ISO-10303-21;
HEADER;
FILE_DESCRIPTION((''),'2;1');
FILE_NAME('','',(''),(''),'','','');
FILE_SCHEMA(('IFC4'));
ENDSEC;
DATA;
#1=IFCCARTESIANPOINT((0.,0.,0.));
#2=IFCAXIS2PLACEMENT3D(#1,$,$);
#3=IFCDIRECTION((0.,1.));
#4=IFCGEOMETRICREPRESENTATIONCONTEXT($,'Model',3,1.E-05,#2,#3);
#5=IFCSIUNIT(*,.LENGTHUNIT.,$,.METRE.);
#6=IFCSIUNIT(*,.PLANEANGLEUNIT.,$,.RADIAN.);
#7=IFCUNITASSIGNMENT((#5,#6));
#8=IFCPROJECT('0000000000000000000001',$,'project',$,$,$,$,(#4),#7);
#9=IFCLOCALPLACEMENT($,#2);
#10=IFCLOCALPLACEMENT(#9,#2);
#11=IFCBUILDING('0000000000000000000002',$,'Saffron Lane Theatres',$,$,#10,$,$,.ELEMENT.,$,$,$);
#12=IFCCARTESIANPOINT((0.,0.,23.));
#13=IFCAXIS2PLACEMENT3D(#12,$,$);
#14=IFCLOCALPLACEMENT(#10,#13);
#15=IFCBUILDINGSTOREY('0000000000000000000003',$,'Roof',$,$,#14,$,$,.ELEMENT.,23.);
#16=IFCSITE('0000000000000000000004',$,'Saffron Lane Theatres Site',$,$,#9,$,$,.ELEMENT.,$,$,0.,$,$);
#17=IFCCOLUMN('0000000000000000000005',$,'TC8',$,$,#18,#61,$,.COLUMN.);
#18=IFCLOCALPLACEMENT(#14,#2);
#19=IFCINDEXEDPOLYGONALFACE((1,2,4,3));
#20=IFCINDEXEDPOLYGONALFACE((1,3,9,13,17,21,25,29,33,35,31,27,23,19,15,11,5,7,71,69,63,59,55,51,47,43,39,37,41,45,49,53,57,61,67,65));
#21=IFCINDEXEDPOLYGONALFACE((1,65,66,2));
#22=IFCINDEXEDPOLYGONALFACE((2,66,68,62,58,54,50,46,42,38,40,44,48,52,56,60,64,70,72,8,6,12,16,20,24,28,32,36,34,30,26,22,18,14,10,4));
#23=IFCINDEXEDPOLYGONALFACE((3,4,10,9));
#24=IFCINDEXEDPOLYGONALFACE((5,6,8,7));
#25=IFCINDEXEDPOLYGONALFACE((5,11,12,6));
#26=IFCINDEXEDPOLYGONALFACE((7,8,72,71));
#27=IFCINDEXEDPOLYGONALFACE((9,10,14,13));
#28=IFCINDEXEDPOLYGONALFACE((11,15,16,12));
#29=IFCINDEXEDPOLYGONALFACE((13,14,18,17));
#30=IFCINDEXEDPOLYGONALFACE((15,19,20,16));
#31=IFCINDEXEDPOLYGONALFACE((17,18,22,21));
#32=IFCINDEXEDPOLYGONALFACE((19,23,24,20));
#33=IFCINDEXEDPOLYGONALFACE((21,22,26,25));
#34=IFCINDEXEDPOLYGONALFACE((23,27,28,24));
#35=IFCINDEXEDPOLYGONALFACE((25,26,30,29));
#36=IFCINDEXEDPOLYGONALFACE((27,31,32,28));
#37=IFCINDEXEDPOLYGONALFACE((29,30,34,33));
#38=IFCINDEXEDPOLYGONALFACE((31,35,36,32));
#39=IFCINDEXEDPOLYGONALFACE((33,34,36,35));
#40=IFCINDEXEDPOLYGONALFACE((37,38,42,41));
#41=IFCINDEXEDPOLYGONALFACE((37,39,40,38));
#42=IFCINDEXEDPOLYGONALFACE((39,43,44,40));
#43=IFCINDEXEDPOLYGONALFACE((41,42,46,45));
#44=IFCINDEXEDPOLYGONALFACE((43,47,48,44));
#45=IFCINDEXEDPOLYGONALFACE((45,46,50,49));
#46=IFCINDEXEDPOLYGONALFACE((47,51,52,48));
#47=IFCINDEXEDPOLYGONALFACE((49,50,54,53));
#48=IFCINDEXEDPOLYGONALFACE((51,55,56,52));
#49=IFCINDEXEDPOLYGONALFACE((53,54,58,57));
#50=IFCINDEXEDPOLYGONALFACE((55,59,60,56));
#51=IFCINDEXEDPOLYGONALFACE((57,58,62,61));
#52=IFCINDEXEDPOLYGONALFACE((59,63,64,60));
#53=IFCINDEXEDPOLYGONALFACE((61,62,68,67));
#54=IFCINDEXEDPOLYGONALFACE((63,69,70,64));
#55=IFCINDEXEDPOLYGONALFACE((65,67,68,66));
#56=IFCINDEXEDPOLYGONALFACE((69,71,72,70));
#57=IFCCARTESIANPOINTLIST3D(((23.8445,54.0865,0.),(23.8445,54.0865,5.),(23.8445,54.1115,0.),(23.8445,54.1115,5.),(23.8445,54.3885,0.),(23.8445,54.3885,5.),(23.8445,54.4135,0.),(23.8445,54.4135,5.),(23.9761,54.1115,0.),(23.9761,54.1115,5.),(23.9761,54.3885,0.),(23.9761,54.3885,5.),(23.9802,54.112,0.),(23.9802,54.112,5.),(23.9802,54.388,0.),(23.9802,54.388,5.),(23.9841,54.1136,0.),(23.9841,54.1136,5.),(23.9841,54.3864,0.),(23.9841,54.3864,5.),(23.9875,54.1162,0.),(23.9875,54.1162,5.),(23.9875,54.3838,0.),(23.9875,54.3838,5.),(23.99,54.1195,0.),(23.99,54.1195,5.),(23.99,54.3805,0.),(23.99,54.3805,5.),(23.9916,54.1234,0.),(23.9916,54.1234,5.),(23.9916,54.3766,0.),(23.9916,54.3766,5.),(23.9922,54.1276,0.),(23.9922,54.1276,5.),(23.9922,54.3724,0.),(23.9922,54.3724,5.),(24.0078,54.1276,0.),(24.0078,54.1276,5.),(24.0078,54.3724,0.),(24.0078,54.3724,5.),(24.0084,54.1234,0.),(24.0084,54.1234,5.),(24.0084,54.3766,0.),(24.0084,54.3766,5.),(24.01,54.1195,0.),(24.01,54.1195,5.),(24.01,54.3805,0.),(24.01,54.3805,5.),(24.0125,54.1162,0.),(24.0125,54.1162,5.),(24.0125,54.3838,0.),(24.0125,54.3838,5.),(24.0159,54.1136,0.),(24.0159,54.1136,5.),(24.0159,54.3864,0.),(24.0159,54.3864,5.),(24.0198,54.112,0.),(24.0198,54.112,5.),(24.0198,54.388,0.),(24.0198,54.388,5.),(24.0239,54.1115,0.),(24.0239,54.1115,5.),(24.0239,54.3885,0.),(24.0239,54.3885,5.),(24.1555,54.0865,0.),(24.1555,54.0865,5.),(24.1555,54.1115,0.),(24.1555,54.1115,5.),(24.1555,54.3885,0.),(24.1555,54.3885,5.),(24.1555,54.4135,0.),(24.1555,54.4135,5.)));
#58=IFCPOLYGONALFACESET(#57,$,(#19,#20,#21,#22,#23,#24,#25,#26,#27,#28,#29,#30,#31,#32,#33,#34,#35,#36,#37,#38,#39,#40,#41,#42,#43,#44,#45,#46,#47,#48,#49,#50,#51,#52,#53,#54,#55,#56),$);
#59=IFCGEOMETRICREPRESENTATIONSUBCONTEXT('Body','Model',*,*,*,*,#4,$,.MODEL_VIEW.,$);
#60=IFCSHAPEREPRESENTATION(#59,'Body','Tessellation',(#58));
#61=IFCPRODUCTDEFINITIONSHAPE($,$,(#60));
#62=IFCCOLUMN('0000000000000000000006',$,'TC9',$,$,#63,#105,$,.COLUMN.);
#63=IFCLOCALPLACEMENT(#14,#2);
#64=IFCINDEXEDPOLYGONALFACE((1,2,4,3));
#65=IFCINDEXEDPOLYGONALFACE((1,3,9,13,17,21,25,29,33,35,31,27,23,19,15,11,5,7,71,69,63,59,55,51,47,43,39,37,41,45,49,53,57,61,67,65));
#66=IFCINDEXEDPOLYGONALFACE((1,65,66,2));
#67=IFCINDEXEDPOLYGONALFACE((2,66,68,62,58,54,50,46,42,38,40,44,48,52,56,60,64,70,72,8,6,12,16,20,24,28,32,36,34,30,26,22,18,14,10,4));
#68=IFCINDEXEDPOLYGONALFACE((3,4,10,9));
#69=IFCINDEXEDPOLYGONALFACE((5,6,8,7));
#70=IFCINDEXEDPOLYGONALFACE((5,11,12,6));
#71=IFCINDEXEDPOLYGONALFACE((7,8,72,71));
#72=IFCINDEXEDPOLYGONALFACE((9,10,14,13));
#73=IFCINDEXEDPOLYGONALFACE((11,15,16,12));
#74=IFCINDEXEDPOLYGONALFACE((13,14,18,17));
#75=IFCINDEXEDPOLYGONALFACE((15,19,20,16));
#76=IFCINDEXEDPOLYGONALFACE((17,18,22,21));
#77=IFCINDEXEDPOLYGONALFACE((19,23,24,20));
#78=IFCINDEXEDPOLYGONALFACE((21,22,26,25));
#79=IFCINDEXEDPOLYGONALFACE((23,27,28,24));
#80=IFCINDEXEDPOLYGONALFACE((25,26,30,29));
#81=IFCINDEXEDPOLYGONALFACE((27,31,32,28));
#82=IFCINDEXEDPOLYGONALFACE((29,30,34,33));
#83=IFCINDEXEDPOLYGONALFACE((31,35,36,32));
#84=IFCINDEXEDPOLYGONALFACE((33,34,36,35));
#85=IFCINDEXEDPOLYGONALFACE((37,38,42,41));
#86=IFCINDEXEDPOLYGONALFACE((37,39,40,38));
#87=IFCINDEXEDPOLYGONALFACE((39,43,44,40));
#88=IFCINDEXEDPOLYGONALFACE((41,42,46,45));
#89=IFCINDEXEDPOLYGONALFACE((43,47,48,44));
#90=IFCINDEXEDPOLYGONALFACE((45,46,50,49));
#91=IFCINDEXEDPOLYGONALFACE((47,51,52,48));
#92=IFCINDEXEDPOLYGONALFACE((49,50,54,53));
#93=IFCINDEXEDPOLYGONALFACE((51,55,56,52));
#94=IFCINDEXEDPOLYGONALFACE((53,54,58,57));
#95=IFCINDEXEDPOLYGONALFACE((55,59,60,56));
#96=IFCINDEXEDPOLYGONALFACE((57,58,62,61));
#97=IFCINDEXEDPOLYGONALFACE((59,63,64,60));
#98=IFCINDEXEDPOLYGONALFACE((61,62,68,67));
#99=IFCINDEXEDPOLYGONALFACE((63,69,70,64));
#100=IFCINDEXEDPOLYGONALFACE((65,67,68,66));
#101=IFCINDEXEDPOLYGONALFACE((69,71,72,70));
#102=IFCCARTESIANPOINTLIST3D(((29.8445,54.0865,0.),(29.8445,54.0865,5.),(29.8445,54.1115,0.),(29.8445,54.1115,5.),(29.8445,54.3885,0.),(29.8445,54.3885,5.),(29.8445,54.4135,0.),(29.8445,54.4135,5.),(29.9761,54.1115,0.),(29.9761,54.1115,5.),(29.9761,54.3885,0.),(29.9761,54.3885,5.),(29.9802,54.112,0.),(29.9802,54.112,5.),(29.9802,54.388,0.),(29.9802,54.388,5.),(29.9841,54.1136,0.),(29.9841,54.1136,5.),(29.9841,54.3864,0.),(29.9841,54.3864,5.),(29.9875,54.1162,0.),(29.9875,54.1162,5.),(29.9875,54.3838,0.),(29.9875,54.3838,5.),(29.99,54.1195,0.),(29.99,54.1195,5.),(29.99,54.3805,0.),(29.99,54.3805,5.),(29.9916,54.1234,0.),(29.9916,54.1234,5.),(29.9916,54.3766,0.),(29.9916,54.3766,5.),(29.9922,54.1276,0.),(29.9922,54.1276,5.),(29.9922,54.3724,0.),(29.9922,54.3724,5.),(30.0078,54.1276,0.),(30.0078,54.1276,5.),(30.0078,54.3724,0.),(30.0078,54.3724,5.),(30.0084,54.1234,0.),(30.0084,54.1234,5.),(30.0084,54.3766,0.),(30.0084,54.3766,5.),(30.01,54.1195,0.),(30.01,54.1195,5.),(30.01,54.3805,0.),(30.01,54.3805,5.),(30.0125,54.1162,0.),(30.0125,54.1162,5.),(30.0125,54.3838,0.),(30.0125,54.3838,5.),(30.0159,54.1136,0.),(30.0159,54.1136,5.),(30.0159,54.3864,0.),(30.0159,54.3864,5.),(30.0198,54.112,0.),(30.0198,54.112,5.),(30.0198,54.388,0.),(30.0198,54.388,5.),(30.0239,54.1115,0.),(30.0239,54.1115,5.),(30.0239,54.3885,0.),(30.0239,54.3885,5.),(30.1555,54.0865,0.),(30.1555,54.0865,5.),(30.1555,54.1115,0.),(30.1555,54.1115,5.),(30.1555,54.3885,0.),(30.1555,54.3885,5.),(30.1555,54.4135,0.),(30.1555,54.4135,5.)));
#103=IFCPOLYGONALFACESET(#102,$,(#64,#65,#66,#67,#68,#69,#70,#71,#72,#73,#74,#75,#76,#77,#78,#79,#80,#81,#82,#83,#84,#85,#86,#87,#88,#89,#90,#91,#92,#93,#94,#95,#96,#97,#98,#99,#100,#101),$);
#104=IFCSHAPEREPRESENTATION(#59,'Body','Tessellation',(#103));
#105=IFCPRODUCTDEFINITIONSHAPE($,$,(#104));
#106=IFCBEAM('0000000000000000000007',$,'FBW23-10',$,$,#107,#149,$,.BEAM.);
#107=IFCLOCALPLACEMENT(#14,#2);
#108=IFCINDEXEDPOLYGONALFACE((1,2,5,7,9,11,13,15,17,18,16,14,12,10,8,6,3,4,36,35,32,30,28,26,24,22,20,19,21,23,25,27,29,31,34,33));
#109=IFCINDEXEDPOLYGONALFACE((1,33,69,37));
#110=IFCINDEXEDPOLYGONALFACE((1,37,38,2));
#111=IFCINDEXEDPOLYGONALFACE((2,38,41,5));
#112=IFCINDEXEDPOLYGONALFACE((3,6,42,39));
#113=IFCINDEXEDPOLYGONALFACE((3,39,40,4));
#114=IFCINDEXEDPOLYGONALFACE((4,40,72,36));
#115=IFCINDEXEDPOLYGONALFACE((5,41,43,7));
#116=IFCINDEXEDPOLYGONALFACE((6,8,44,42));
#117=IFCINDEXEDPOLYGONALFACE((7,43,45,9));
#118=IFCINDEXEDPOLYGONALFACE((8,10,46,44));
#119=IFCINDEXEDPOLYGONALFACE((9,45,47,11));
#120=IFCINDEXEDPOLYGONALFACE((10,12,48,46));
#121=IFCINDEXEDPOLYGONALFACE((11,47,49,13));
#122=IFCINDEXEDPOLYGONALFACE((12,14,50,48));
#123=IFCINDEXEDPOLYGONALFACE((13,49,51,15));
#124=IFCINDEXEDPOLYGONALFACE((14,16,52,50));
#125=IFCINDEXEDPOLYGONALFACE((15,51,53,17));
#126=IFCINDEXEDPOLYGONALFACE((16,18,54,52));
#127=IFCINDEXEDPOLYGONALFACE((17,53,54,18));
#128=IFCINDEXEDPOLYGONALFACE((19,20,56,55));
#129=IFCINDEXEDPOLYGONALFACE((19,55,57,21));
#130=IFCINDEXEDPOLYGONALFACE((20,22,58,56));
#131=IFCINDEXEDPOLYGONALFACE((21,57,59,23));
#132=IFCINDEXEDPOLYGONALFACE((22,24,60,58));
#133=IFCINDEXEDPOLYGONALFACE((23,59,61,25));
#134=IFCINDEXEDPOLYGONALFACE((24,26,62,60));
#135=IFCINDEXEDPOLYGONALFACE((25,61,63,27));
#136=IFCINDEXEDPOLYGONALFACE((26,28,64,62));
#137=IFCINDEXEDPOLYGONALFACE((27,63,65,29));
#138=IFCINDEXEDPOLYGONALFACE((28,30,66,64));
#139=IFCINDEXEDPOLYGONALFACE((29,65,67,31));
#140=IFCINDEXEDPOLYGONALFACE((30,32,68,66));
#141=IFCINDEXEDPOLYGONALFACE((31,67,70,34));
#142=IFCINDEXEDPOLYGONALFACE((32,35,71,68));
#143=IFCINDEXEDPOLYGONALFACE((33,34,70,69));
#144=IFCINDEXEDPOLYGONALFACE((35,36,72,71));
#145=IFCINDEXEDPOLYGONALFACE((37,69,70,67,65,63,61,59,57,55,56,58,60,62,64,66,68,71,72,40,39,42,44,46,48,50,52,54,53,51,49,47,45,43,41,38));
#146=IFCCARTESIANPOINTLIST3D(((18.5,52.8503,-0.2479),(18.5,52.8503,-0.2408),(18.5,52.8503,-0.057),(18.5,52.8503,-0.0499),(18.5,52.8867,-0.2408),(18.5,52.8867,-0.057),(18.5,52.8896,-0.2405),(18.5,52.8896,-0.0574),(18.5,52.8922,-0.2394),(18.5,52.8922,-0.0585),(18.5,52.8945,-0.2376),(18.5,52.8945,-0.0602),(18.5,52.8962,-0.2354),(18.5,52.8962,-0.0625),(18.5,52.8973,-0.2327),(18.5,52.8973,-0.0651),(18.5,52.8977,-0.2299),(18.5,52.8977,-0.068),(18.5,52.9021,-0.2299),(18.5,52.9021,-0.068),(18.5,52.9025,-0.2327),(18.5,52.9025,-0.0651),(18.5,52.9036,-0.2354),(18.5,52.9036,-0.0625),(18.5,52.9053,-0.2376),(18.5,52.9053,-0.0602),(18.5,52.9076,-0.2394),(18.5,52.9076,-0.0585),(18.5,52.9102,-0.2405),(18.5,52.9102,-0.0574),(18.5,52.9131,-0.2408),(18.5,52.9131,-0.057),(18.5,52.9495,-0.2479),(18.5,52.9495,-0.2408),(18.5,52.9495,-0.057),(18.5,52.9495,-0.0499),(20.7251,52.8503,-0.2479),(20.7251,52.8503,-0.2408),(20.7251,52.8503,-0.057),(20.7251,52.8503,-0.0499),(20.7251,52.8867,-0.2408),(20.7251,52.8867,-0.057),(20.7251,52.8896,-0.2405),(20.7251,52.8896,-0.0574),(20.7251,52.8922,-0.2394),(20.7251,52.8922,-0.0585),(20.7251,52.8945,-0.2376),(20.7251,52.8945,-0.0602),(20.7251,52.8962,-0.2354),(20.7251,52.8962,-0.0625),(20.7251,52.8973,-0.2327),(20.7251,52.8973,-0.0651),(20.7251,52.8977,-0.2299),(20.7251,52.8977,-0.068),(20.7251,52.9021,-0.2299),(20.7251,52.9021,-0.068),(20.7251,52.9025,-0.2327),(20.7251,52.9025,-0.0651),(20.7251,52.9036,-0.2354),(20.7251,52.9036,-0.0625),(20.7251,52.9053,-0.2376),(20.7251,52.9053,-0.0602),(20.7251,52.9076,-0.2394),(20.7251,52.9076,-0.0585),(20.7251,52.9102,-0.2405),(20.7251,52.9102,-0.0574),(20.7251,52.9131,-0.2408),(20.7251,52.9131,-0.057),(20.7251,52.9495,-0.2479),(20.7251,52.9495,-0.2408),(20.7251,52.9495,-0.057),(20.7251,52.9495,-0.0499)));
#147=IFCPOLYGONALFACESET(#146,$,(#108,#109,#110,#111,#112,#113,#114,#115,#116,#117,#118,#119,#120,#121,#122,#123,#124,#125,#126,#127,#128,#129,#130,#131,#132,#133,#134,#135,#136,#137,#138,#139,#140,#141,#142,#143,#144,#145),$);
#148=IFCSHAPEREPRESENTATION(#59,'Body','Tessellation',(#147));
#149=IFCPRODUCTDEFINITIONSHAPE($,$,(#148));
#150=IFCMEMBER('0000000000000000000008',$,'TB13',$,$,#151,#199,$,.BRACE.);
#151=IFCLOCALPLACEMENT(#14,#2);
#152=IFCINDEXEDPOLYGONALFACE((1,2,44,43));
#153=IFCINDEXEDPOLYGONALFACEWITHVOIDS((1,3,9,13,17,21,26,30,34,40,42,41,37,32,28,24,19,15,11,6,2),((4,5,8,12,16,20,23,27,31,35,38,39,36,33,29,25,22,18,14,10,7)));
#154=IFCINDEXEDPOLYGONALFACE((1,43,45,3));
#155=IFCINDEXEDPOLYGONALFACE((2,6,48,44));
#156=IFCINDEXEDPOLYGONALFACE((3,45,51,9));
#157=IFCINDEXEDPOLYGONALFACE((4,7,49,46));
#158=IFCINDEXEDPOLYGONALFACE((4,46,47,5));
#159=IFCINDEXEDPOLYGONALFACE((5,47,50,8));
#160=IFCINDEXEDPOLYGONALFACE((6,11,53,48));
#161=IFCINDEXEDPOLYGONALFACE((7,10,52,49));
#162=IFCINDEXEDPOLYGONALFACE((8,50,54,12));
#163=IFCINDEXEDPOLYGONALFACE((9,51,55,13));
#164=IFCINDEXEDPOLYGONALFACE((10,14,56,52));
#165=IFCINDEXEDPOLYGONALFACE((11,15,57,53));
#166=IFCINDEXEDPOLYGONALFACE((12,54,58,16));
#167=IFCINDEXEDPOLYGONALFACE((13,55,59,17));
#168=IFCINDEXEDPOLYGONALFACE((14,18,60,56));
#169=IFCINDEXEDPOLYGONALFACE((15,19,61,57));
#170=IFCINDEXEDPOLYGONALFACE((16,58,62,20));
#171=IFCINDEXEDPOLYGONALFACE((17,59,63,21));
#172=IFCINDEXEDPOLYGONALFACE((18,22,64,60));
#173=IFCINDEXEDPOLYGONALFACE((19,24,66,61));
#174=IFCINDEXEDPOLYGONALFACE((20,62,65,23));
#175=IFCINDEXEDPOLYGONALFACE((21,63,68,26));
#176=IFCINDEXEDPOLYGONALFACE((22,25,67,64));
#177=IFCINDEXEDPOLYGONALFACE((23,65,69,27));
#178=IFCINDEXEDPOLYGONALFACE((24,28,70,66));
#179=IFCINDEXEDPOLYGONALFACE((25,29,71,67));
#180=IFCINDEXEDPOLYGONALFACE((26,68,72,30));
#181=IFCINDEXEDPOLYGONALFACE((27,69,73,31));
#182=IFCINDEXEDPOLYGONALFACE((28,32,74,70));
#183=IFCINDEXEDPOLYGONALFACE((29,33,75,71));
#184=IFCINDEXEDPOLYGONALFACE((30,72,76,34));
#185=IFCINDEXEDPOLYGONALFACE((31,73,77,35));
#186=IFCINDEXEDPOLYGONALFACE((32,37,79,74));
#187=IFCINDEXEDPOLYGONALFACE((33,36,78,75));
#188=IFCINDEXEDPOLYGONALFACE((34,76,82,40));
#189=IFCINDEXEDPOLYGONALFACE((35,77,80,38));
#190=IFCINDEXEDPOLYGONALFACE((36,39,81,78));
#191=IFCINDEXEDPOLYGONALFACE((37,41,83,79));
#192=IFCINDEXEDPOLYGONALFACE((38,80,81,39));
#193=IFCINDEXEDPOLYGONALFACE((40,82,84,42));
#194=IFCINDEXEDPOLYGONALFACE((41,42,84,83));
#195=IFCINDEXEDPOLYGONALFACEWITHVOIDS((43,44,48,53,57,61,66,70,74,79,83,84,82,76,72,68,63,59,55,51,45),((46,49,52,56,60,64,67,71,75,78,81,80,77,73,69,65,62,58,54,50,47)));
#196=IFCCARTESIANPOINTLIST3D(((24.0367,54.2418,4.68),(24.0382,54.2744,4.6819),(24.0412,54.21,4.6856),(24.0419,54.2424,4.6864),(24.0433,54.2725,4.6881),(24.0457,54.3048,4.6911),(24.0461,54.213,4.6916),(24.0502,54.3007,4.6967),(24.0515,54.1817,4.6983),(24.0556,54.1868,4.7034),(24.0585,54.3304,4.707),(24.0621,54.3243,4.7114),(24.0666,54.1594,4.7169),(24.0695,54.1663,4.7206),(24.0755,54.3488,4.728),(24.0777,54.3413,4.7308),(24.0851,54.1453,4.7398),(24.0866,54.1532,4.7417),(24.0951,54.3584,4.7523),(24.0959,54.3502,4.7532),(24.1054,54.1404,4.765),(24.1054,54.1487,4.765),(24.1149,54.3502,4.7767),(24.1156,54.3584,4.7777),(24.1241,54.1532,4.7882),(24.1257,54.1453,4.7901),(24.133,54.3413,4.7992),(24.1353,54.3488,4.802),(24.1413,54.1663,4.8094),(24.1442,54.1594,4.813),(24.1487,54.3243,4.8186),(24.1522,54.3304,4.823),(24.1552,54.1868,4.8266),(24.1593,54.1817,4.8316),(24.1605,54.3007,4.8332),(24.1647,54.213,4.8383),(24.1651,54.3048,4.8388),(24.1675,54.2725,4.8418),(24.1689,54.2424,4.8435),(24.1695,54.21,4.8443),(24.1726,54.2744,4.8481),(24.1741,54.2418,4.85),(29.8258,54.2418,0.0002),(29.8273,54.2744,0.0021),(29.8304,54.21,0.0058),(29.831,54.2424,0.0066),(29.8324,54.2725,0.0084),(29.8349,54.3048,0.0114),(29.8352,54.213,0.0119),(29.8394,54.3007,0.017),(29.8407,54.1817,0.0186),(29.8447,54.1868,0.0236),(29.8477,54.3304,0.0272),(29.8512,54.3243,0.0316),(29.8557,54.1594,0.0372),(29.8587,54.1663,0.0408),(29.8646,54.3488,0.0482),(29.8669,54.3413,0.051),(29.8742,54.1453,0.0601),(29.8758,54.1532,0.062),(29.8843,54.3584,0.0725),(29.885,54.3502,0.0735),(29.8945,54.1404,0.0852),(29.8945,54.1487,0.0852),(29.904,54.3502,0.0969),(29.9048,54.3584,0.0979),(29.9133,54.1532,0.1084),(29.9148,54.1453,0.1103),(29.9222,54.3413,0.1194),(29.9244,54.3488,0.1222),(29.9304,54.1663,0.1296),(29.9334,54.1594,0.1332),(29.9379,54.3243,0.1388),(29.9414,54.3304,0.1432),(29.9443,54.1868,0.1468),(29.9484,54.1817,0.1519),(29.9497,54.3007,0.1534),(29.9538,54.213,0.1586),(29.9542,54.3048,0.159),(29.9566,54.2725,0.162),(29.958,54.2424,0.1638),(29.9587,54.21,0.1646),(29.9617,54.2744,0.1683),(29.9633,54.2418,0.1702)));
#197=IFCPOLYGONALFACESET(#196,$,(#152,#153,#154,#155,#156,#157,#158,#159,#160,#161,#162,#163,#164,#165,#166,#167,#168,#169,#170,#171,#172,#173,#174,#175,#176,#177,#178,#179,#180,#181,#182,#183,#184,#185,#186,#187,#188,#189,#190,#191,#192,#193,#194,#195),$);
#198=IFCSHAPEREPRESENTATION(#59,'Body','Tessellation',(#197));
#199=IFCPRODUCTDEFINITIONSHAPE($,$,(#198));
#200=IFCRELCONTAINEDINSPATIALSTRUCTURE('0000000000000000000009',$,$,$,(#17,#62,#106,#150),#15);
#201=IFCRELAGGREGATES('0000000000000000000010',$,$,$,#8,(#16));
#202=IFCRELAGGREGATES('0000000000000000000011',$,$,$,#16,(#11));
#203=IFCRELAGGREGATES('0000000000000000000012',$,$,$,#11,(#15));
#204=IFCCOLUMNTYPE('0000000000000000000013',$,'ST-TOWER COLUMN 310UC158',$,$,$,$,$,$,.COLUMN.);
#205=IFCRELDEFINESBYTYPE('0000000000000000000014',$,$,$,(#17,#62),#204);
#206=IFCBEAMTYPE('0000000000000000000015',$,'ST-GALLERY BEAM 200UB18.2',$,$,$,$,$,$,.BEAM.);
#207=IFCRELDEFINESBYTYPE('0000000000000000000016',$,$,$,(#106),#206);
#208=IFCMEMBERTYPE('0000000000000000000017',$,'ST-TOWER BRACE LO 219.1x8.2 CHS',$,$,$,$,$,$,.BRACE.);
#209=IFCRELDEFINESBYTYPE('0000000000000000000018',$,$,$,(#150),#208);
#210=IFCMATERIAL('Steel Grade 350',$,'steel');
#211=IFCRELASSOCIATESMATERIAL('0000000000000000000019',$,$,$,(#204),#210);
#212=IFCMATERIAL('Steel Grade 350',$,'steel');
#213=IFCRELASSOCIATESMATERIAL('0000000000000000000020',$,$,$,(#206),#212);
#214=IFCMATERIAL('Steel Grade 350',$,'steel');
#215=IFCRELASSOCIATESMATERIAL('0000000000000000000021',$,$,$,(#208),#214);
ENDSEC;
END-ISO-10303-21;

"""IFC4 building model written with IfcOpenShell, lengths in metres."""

from ifc_helpers import new_model, si_unit, direction, frame, origin, origin_2d, place, context, subcontext, project, spatial, hollow_circle, i_section, extrude, material, material_profile, profile_set, type_object, element, save


model = new_model("IFC4")

# Units and contexts
model_context = context("Model", 3, precision=1e-05, world=origin(), true_north=direction((0.0, 1.0)))
body_context = subcontext(model_context, "Body", "Model", "MODEL_VIEW")
ifc_project = project(units=[si_unit("LENGTHUNIT", "METRE"), si_unit("PLANEANGLEUNIT", "RADIAN")], contexts=[model_context])

# Site, building, storey
site_placement = place(None, origin())
site = spatial("IfcSite", under=ifc_project, at=site_placement, Name="Saffron Lane Theatres Site", CompositionType="ELEMENT", RefElevation=0.0)
building_placement = place(site_placement, origin())
building = spatial("IfcBuilding", under=site, at=building_placement, Name="Saffron Lane Theatres", CompositionType="ELEMENT")
storey_placement = place(building_placement, frame((0.0, 0.0, 23.0)))
storey = spatial("IfcBuildingStorey", under=building, at=storey_placement, Name="Roof", CompositionType="ELEMENT", Elevation=23.0)

# Columns
ifc_material_1 = material(Name="Steel Grade 350", Category="steel")
ifc_material_profile_1 = material_profile(ifc_material_1, i_section(OverallWidth=0.311, OverallDepth=0.3269, WebThickness=0.0156, FlangeThickness=0.0249, FilletRadius=0.0161, at=origin_2d()))
ifc_profile_set_1 = profile_set([ifc_material_profile_1], Name="Steel Grade 350")
column_type = type_object("IfcColumnType", Name="ST-TOWER COLUMN 310UC158", PredefinedType="COLUMN", material=ifc_profile_set_1)
for number, where, z_axis, x_axis, name in (
    (1, (24.0, 54.25, 0.0), (0.0, 0.0, 1.0), (1.0, 0.0, 0.0), "TC8"),
    (2, (30.0, 54.25, 0.0), (0.0, 0.0, 1.0), (1.0, 0.0, 0.0), "TC9"),
):
    element("IfcColumn", number, at=place(storey_placement, frame(where, z_axis=z_axis, x_axis=x_axis)), inside=storey, type_object=column_type, Name=name, PredefinedType="COLUMN", context=body_context, shape_type="SweptSolid", body=[
        extrude(i_section(OverallWidth=0.311, OverallDepth=0.3269, WebThickness=0.0156, FlangeThickness=0.0249, FilletRadius=0.0161, at=origin_2d()), origin(), (0.0, 0.0, 1.0), 5.0),
    ])

# Beam
ifc_material_2 = material(Name="Steel Grade 350", Category="steel")
ifc_material_profile_2 = material_profile(ifc_material_2, i_section(OverallWidth=0.0991, OverallDepth=0.198, WebThickness=0.0044, FlangeThickness=0.0071, FilletRadius=0.011, at=origin_2d()))
ifc_profile_set_2 = profile_set([ifc_material_profile_2], Name="Steel Grade 350")
beam_type = type_object("IfcBeamType", Name="ST-GALLERY BEAM 200UB18.2", PredefinedType="BEAM", material=ifc_profile_set_2)
beam_placement = place(storey_placement, frame((18.5, 52.8999, -0.1489), z_axis=(1.0, 0.0, 0.0), x_axis=(0.0, 1.0, 0.0)))
element("IfcBeam", 3, at=beam_placement, inside=storey, type_object=beam_type, Name="FBW23-10", PredefinedType="BEAM", context=body_context, shape_type="SweptSolid", body=[
    extrude(i_section(OverallWidth=0.0991, OverallDepth=0.198, WebThickness=0.0044, FlangeThickness=0.0071, FilletRadius=0.011, at=origin_2d()), origin(), (0.0, 0.0, 1.0), 2.2251),
])

# Member
ifc_material_3 = material(Name="Steel Grade 350", Category="steel")
ifc_material_profile_3 = material_profile(ifc_material_3, hollow_circle(Radius=0.1096, WallThickness=0.0083, at=origin_2d()))
ifc_profile_set_3 = profile_set([ifc_material_profile_3], Name="Steel Grade 350")
member_type = type_object("IfcMemberType", Name="ST-TOWER BRACE LO 219.1x8.2 CHS", PredefinedType="BRACE", material=ifc_profile_set_3)
for number, where, z_axis, x_axis, name in (
    (4, (29.8945, 54.25, 0.0852), (-0.777685, 0.0, 0.628655), (0.0, -1.0, 0.0), "TB13"),
):
    element("IfcMember", number, at=place(storey_placement, frame(where, z_axis=z_axis, x_axis=x_axis)), inside=storey, type_object=member_type, Name=name, PredefinedType="BRACE", context=body_context, shape_type="SweptSolid", body=[
        extrude(hollow_circle(Radius=0.1096, WallThickness=0.0083, at=origin_2d()), origin(), (0.0, 0.0, 1.0), 7.4441),
    ])

save(model, "model.ifc")
